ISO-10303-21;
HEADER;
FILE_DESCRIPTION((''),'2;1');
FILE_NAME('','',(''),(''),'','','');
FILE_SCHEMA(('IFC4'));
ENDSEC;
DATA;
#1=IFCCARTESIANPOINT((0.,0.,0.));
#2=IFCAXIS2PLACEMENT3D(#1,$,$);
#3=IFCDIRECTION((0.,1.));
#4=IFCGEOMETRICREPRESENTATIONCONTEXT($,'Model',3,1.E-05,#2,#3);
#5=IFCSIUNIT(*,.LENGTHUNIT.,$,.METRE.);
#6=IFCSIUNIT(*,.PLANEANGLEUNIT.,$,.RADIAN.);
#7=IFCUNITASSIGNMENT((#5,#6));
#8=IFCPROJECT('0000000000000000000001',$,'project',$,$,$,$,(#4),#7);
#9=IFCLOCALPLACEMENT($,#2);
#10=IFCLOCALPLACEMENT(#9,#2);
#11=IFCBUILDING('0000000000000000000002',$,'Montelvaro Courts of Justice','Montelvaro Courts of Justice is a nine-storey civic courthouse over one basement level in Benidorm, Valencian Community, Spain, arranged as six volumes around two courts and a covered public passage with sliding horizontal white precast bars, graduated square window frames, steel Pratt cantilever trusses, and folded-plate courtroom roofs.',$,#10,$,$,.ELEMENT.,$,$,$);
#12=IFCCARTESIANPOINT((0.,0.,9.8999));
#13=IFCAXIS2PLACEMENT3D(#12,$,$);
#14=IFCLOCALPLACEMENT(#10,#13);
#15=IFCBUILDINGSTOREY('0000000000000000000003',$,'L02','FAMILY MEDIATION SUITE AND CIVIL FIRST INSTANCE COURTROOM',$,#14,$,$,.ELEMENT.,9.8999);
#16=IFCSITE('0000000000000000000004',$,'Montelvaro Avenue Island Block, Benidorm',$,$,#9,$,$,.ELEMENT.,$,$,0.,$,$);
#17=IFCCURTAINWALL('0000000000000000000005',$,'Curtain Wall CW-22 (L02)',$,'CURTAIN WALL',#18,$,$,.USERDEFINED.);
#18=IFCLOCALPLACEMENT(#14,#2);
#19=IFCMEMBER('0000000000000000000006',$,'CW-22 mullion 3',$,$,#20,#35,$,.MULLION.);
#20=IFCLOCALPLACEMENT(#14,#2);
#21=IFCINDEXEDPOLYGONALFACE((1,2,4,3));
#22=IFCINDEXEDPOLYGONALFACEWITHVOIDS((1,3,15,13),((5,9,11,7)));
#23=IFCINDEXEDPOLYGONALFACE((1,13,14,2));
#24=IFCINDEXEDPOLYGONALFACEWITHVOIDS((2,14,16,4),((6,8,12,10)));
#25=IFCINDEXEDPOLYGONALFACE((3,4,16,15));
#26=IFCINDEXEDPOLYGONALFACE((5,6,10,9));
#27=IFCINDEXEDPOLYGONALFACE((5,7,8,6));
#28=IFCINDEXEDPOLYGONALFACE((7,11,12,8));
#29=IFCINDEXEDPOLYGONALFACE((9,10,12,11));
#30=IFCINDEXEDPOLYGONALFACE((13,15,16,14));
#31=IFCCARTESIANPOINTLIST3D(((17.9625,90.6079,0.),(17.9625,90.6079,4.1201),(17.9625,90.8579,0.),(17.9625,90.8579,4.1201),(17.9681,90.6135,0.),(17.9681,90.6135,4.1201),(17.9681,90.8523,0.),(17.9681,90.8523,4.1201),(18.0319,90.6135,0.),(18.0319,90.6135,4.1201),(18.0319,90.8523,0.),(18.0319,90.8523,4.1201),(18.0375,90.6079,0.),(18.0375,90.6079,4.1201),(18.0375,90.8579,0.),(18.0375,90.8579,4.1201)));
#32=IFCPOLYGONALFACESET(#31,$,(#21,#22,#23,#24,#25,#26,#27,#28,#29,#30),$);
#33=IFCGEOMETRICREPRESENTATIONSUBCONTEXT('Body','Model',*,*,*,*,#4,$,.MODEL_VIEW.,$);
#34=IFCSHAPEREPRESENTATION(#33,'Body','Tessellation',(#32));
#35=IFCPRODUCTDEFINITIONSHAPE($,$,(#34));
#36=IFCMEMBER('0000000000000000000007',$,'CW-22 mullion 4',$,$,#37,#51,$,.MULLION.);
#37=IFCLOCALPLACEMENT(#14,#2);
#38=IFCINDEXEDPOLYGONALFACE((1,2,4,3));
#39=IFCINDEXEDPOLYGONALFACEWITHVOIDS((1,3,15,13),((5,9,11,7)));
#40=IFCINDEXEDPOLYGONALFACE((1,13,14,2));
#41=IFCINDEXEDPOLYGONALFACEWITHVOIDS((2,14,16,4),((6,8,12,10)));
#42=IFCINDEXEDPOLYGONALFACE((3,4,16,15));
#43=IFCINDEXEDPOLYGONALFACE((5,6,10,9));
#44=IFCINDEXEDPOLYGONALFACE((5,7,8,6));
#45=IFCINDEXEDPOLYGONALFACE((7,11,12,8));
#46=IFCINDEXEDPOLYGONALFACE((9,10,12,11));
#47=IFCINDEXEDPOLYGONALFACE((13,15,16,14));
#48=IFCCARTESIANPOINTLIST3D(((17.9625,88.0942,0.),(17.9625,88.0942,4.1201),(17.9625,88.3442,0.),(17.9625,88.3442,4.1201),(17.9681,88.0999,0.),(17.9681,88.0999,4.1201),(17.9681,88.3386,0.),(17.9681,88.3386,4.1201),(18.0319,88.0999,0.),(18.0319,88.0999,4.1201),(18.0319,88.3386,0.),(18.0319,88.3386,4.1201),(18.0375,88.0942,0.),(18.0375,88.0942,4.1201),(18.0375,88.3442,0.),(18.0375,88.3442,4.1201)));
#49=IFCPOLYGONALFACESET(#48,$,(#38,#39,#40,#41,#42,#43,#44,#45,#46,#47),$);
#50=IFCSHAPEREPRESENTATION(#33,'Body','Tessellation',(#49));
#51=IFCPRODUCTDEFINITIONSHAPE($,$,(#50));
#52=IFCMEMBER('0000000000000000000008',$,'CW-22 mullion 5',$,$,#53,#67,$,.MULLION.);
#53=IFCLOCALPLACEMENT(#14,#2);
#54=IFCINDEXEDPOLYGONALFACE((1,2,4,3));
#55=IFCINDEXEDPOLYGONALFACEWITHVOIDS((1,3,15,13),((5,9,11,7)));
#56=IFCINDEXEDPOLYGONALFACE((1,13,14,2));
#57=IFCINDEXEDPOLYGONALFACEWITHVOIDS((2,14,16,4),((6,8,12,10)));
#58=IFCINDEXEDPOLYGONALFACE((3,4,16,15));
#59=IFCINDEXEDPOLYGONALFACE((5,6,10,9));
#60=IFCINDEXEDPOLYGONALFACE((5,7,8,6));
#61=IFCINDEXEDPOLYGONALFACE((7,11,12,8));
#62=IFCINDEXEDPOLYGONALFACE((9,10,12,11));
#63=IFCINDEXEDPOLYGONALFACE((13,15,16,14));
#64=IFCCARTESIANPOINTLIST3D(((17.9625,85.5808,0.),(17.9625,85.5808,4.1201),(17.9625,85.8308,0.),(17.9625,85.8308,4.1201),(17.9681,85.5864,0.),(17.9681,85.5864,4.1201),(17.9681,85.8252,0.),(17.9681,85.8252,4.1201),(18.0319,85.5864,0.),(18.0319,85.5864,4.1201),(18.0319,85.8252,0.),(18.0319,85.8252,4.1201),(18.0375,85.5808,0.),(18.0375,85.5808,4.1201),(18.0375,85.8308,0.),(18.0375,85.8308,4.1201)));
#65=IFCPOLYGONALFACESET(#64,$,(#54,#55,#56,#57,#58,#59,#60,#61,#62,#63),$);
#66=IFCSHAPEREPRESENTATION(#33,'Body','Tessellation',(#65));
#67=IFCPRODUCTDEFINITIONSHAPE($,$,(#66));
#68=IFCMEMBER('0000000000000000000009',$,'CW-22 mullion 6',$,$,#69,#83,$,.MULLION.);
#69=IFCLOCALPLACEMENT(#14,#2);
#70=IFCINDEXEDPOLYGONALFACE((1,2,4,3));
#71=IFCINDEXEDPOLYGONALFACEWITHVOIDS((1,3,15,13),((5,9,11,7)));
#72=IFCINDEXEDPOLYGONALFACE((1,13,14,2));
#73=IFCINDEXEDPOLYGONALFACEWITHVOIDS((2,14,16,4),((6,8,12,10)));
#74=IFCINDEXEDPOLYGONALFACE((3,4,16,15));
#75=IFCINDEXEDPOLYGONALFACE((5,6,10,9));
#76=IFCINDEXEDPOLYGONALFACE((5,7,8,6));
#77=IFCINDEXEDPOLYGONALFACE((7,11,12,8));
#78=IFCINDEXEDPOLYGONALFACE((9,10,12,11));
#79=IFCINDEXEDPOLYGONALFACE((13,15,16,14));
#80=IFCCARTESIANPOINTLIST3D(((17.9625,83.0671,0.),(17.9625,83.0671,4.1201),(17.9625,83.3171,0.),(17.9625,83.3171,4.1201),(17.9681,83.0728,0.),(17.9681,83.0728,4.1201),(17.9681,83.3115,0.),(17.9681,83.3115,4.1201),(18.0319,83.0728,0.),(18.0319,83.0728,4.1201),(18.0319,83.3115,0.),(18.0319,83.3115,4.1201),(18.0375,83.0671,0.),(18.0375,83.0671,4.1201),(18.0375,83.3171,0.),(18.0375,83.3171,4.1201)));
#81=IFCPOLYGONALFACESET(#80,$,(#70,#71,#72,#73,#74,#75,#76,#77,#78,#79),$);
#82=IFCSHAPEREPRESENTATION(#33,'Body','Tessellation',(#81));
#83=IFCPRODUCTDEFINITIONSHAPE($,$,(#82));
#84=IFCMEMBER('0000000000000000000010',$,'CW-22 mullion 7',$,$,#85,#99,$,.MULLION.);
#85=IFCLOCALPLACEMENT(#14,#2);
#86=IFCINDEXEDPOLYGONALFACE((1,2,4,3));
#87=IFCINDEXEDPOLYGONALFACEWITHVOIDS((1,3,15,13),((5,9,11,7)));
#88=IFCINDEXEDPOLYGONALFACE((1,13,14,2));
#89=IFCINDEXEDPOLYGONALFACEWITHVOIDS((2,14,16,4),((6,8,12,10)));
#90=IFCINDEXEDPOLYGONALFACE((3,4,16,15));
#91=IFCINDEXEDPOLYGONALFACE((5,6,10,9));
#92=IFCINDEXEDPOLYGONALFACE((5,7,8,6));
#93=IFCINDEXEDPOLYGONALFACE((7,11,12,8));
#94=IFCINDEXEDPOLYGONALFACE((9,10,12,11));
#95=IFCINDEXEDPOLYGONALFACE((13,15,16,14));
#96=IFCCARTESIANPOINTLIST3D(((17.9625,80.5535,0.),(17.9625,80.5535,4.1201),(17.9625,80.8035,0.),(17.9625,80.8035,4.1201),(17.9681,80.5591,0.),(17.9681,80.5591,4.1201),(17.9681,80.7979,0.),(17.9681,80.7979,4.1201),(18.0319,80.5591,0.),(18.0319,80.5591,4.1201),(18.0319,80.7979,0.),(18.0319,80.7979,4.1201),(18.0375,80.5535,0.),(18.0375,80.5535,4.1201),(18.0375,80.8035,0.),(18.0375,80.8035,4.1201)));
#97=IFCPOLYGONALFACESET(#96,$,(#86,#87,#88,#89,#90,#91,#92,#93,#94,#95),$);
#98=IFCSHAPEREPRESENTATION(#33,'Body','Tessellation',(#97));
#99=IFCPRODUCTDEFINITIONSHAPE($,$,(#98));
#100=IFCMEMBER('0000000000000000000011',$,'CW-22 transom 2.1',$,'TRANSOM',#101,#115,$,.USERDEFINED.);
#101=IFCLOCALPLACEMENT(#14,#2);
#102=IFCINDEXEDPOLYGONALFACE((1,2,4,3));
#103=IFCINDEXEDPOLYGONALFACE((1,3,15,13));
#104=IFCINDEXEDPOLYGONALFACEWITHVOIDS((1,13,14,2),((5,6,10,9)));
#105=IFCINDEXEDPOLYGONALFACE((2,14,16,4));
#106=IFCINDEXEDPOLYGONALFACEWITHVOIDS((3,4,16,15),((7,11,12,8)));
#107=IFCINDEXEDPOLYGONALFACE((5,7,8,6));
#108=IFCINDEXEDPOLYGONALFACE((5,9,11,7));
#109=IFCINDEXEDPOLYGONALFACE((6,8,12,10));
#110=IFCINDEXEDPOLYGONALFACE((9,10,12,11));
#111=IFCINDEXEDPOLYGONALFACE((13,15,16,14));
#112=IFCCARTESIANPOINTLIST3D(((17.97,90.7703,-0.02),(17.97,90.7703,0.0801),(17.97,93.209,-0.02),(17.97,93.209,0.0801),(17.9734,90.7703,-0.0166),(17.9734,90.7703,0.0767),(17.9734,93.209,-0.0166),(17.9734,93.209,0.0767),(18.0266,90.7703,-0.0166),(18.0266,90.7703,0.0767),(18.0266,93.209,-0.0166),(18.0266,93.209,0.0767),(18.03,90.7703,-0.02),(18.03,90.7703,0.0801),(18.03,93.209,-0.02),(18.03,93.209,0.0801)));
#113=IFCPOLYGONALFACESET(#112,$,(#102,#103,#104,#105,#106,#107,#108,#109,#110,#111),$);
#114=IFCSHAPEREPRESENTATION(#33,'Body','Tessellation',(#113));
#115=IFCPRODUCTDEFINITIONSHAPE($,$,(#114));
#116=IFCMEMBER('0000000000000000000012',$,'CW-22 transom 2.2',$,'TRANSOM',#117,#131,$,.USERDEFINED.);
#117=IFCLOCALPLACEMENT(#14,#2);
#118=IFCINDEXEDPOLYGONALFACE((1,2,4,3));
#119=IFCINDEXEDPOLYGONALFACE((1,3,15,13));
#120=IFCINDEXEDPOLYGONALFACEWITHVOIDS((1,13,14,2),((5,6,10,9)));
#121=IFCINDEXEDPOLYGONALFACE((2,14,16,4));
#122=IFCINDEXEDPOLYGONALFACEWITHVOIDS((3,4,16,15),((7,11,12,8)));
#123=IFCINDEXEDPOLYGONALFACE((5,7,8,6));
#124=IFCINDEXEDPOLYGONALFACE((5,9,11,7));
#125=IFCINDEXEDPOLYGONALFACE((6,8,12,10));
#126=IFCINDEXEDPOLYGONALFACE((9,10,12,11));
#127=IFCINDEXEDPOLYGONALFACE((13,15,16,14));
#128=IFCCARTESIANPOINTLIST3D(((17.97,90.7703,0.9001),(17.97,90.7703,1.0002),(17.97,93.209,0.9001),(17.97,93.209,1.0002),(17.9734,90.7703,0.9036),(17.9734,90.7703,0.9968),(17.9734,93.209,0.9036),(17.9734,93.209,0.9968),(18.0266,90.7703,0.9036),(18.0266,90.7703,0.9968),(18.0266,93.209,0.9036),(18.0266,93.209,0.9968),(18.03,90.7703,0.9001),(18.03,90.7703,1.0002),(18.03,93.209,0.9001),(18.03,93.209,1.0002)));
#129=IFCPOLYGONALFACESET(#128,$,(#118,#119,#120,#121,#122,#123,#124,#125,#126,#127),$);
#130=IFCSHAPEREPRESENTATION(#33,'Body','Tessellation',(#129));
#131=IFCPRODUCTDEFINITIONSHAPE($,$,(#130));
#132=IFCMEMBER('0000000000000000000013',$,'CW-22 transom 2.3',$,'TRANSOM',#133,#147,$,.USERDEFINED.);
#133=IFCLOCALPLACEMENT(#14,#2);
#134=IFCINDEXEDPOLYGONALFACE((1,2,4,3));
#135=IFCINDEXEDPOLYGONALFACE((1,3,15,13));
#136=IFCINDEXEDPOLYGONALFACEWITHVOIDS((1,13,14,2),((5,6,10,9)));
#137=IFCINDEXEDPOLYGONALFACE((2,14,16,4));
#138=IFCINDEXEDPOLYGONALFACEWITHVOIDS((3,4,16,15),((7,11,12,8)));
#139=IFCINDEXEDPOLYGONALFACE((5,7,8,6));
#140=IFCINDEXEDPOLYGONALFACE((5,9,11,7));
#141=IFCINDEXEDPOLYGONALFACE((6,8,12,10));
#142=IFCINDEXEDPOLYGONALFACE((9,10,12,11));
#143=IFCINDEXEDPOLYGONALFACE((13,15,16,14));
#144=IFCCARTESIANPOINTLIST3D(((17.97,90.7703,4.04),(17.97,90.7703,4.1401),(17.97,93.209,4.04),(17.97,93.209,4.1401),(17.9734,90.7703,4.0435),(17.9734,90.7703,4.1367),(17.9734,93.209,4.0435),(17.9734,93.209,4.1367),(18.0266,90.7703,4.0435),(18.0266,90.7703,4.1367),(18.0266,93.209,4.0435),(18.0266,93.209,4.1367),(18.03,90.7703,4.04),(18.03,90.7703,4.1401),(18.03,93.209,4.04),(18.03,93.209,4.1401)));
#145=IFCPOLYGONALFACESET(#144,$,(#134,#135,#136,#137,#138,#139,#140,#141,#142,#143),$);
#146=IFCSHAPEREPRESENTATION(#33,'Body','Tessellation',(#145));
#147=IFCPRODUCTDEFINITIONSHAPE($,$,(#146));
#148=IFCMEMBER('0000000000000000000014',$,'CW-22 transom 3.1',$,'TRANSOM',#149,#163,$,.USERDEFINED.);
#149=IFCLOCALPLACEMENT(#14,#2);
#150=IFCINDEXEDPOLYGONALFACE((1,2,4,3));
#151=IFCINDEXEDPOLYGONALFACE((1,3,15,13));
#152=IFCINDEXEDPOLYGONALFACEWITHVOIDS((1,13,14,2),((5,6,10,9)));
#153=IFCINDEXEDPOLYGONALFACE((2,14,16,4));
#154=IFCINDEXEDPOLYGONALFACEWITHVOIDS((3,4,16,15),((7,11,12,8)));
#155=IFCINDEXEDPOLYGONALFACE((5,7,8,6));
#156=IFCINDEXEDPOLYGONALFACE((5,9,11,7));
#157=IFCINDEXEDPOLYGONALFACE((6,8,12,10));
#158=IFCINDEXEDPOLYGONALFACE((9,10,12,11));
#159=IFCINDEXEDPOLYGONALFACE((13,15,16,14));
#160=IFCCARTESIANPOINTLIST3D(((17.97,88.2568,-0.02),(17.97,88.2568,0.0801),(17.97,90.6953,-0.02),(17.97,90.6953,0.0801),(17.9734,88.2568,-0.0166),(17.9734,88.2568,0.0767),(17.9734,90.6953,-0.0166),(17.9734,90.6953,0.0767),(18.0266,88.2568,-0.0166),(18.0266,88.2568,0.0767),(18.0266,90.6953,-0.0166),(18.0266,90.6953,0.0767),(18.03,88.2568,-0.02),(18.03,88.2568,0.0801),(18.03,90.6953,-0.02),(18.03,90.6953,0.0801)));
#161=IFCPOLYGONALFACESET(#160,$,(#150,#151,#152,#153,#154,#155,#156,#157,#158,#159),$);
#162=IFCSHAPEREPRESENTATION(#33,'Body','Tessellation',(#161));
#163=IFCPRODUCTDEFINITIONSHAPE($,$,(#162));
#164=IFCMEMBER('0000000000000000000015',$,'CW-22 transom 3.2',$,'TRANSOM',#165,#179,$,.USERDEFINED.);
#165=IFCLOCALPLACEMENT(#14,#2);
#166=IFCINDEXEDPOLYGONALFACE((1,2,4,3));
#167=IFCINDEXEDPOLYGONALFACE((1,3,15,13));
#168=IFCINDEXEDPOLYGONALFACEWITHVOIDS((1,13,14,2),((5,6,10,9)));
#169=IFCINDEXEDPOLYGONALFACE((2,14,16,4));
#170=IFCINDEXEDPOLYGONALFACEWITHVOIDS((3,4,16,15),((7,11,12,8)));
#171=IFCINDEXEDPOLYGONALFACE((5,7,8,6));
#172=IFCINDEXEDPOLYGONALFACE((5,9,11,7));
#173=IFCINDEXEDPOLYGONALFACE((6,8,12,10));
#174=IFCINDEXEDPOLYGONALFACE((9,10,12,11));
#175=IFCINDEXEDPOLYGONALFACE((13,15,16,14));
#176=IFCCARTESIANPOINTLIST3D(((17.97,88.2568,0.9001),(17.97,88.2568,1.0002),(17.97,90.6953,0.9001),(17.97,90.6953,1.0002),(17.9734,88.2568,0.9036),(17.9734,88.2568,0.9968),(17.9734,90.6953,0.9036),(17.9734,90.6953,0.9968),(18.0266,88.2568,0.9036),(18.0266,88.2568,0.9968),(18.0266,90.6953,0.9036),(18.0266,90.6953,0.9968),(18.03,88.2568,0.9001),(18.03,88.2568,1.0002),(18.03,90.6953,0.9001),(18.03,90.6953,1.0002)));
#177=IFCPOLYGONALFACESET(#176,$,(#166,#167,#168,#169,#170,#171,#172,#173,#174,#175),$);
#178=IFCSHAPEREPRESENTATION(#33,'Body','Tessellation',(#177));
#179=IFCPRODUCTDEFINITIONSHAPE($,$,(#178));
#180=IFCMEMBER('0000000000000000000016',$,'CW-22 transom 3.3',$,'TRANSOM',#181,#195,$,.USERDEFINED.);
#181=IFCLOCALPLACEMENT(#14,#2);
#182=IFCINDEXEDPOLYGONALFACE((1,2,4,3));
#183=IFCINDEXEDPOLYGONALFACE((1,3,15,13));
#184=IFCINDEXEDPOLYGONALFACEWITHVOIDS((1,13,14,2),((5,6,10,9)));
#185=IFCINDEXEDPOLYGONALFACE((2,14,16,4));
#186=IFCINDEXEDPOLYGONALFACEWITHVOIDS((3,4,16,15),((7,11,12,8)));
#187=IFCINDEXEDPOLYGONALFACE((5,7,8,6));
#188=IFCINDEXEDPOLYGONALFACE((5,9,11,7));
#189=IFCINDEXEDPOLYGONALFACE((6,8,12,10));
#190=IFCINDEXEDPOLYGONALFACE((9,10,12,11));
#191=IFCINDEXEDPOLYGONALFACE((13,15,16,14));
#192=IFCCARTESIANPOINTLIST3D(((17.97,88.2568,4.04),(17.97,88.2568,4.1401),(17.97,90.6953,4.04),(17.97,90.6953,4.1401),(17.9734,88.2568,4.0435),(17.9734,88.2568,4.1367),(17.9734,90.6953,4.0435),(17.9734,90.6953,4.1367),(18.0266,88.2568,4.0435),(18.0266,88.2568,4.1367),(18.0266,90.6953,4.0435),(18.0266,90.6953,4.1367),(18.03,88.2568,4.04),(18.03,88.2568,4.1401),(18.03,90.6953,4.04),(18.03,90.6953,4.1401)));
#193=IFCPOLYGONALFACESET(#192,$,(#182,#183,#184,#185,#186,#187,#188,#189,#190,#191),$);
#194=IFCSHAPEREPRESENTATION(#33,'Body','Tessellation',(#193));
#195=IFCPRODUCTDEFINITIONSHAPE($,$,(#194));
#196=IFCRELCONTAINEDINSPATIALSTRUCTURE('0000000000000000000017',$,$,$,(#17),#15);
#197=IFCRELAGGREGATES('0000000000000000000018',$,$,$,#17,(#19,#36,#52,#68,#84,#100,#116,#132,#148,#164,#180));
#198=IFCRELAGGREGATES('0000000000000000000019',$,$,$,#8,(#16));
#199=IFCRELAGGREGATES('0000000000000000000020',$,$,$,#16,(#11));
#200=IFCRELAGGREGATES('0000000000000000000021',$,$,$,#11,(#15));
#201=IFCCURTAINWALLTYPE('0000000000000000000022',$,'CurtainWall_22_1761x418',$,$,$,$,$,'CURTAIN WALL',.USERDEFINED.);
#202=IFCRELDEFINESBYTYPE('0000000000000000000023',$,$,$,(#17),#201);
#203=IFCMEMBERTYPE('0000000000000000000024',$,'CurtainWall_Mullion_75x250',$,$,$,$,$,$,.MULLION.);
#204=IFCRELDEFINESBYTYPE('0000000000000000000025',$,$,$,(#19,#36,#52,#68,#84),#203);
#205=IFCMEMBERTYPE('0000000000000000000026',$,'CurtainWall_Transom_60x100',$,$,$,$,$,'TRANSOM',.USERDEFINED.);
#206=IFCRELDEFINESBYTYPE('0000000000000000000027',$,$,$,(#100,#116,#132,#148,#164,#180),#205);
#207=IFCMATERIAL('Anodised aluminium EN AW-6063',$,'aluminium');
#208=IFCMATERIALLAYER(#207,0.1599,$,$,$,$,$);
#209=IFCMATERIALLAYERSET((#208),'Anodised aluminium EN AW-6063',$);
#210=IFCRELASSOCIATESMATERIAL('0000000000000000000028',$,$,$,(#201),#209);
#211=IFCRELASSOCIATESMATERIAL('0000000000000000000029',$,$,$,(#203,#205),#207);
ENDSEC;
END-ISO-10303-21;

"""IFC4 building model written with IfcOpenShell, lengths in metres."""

from ifc_helpers import new_model, si_unit, direction, frame, origin, origin_2d, place, context, subcontext, project, spatial, hollow_rectangle, extrude, material, layer, layer_set, material_profile, profile_set, type_object, element, aggregate, save


model = new_model("IFC4")

# Units and contexts
model_context = context("Model", 3, precision=1e-05, world=origin(), true_north=direction((0.0, 1.0)))
body_context = subcontext(model_context, "Body", "Model", "MODEL_VIEW")
ifc_project = project(units=[si_unit("LENGTHUNIT", "METRE"), si_unit("PLANEANGLEUNIT", "RADIAN")], contexts=[model_context])

# Site, building, storey
site_placement = place(None, origin())
site = spatial("IfcSite", under=ifc_project, at=site_placement, Name="Montelvaro Avenue Island Block, Benidorm", CompositionType="ELEMENT", RefElevation=0.0)
building_placement = place(site_placement, origin())
building = spatial("IfcBuilding", under=site, at=building_placement, Name="Montelvaro Courts of Justice", Description="Montelvaro Courts of Justice is a nine-storey civic courthouse over one basement level in Benidorm, Valencian Community, Spain, arranged as six volumes around two courts and a covered public passage with sliding horizontal white precast bars, graduated square window frames, steel Pratt cantilever trusses, and folded-plate courtroom roofs.", CompositionType="ELEMENT")
storey_placement = place(building_placement, frame((0.0, 0.0, 9.8999)))
storey = spatial("IfcBuildingStorey", under=building, at=storey_placement, Name="L02", Description="FAMILY MEDIATION SUITE AND CIVIL FIRST INSTANCE COURTROOM", CompositionType="ELEMENT", Elevation=9.8999)

# Curtain wall, members
ifc_material_1 = material(Name="Anodised aluminium EN AW-6063", Category="aluminium")
ifc_layer_1 = layer(ifc_material_1, 0.1599)
ifc_layer_set_1 = layer_set([ifc_layer_1], Name="Anodised aluminium EN AW-6063")
curtain_wall_type = type_object("IfcCurtainWallType", Name="CurtainWall_22_1761x418", ElementType="CURTAIN WALL", PredefinedType="USERDEFINED", material=ifc_layer_set_1)
curtain_wall_placement = place(storey_placement, origin())
curtain_wall = element("IfcCurtainWall", 1, at=curtain_wall_placement, inside=storey, type_object=curtain_wall_type, Name="Curtain Wall CW-22 (L02)", ObjectType="CURTAIN WALL", PredefinedType="USERDEFINED")
ifc_material_profile_1 = material_profile(ifc_material_1, hollow_rectangle(XDim=0.075, YDim=0.25, WallThickness=0.0056, at=origin_2d()), Name="ALU-M 75x250")
ifc_profile_set_1 = profile_set([ifc_material_profile_1], Name="Anodised aluminium EN AW-6063")
member_type_1 = type_object("IfcMemberType", Name="CurtainWall_Mullion_75x250", PredefinedType="MULLION", material=ifc_profile_set_1)
member_1_placement = place(storey_placement, frame((18.0, 90.7329, 0.0), z_axis=(0.0, 0.0, 1.0), x_axis=(1.0, 0.0, 0.0)))
member_1 = element("IfcMember", 2, at=member_1_placement, type_object=member_type_1, Name="CW-22 mullion 3", PredefinedType="MULLION", context=body_context, shape_type="SweptSolid", body=[
    extrude(hollow_rectangle(XDim=0.075, YDim=0.25, WallThickness=0.0056, at=origin_2d()), origin(), (0.0, 0.0, 1.0), 4.1201),
])
member_2_placement = place(storey_placement, frame((18.0, 88.2192, 0.0), z_axis=(0.0, 0.0, 1.0), x_axis=(1.0, 0.0, 0.0)))
member_2 = element("IfcMember", 3, at=member_2_placement, type_object=member_type_1, Name="CW-22 mullion 4", PredefinedType="MULLION", context=body_context, shape_type="SweptSolid", body=[
    extrude(hollow_rectangle(XDim=0.075, YDim=0.25, WallThickness=0.0056, at=origin_2d()), origin(), (0.0, 0.0, 1.0), 4.1201),
])
member_3_placement = place(storey_placement, frame((18.0, 85.7058, 0.0), z_axis=(0.0, 0.0, 1.0), x_axis=(1.0, 0.0, 0.0)))
member_3 = element("IfcMember", 4, at=member_3_placement, type_object=member_type_1, Name="CW-22 mullion 5", PredefinedType="MULLION", context=body_context, shape_type="SweptSolid", body=[
    extrude(hollow_rectangle(XDim=0.075, YDim=0.25, WallThickness=0.0056, at=origin_2d()), origin(), (0.0, 0.0, 1.0), 4.1201),
])
member_4_placement = place(storey_placement, frame((18.0, 83.1921, 0.0), z_axis=(0.0, 0.0, 1.0), x_axis=(1.0, 0.0, 0.0)))
member_4 = element("IfcMember", 5, at=member_4_placement, type_object=member_type_1, Name="CW-22 mullion 6", PredefinedType="MULLION", context=body_context, shape_type="SweptSolid", body=[
    extrude(hollow_rectangle(XDim=0.075, YDim=0.25, WallThickness=0.0056, at=origin_2d()), origin(), (0.0, 0.0, 1.0), 4.1201),
])
member_5_placement = place(storey_placement, frame((18.0, 80.6785, 0.0), z_axis=(0.0, 0.0, 1.0), x_axis=(1.0, 0.0, 0.0)))
member_5 = element("IfcMember", 6, at=member_5_placement, type_object=member_type_1, Name="CW-22 mullion 7", PredefinedType="MULLION", context=body_context, shape_type="SweptSolid", body=[
    extrude(hollow_rectangle(XDim=0.075, YDim=0.25, WallThickness=0.0056, at=origin_2d()), origin(), (0.0, 0.0, 1.0), 4.1201),
])
ifc_material_profile_2 = material_profile(ifc_material_1, hollow_rectangle(XDim=0.0601, YDim=0.1001, WallThickness=0.0034, at=origin_2d()), Name="ALU-T 60x100")
ifc_profile_set_2 = profile_set([ifc_material_profile_2], Name="Anodised aluminium EN AW-6063")
member_type_2 = type_object("IfcMemberType", Name="CurtainWall_Transom_60x100", ElementType="TRANSOM", PredefinedType="USERDEFINED", material=ifc_profile_set_2)
member_6_placement = place(storey_placement, frame((18.0, 93.209, 0.03), z_axis=(0.0, -1.0, 0.0), x_axis=(1.0, 0.0, 0.0)))
member_6 = element("IfcMember", 7, at=member_6_placement, type_object=member_type_2, Name="CW-22 transom 2.1", ObjectType="TRANSOM", PredefinedType="USERDEFINED", context=body_context, shape_type="SweptSolid", body=[
    extrude(hollow_rectangle(XDim=0.0601, YDim=0.1001, WallThickness=0.0034, at=origin_2d()), origin(), (0.0, 0.0, 1.0), 2.4387),
])
member_7_placement = place(storey_placement, frame((18.0, 93.209, 0.9502), z_axis=(0.0, -1.0, 0.0), x_axis=(1.0, 0.0, 0.0)))
member_7 = element("IfcMember", 8, at=member_7_placement, type_object=member_type_2, Name="CW-22 transom 2.2", ObjectType="TRANSOM", PredefinedType="USERDEFINED", context=body_context, shape_type="SweptSolid", body=[
    extrude(hollow_rectangle(XDim=0.0601, YDim=0.1001, WallThickness=0.0034, at=origin_2d()), origin(), (0.0, 0.0, 1.0), 2.4387),
])
member_8_placement = place(storey_placement, frame((18.0, 93.209, 4.0901), z_axis=(0.0, -1.0, 0.0), x_axis=(1.0, 0.0, 0.0)))
member_8 = element("IfcMember", 9, at=member_8_placement, type_object=member_type_2, Name="CW-22 transom 2.3", ObjectType="TRANSOM", PredefinedType="USERDEFINED", context=body_context, shape_type="SweptSolid", body=[
    extrude(hollow_rectangle(XDim=0.0601, YDim=0.1001, WallThickness=0.0034, at=origin_2d()), origin(), (0.0, 0.0, 1.0), 2.4387),
])
member_9_placement = place(storey_placement, frame((18.0, 90.6953, 0.03), z_axis=(0.0, -1.0, 0.0), x_axis=(1.0, 0.0, 0.0)))
member_9 = element("IfcMember", 10, at=member_9_placement, type_object=member_type_2, Name="CW-22 transom 3.1", ObjectType="TRANSOM", PredefinedType="USERDEFINED", context=body_context, shape_type="SweptSolid", body=[
    extrude(hollow_rectangle(XDim=0.0601, YDim=0.1001, WallThickness=0.0034, at=origin_2d()), origin(), (0.0, 0.0, 1.0), 2.4385),
])
member_10_placement = place(storey_placement, frame((18.0, 90.6953, 0.9502), z_axis=(0.0, -1.0, 0.0), x_axis=(1.0, 0.0, 0.0)))
member_10 = element("IfcMember", 11, at=member_10_placement, type_object=member_type_2, Name="CW-22 transom 3.2", ObjectType="TRANSOM", PredefinedType="USERDEFINED", context=body_context, shape_type="SweptSolid", body=[
    extrude(hollow_rectangle(XDim=0.0601, YDim=0.1001, WallThickness=0.0034, at=origin_2d()), origin(), (0.0, 0.0, 1.0), 2.4385),
])
member_11_placement = place(storey_placement, frame((18.0, 90.6953, 4.0901), z_axis=(0.0, -1.0, 0.0), x_axis=(1.0, 0.0, 0.0)))
member_11 = element("IfcMember", 12, at=member_11_placement, type_object=member_type_2, Name="CW-22 transom 3.3", ObjectType="TRANSOM", PredefinedType="USERDEFINED", context=body_context, shape_type="SweptSolid", body=[
    extrude(hollow_rectangle(XDim=0.0601, YDim=0.1001, WallThickness=0.0034, at=origin_2d()), origin(), (0.0, 0.0, 1.0), 2.4385),
])
aggregate(curtain_wall, [member_1, member_2, member_3, member_4, member_5, member_6, member_7, member_8, member_9, member_10, member_11])

save(model, "model.ifc")
